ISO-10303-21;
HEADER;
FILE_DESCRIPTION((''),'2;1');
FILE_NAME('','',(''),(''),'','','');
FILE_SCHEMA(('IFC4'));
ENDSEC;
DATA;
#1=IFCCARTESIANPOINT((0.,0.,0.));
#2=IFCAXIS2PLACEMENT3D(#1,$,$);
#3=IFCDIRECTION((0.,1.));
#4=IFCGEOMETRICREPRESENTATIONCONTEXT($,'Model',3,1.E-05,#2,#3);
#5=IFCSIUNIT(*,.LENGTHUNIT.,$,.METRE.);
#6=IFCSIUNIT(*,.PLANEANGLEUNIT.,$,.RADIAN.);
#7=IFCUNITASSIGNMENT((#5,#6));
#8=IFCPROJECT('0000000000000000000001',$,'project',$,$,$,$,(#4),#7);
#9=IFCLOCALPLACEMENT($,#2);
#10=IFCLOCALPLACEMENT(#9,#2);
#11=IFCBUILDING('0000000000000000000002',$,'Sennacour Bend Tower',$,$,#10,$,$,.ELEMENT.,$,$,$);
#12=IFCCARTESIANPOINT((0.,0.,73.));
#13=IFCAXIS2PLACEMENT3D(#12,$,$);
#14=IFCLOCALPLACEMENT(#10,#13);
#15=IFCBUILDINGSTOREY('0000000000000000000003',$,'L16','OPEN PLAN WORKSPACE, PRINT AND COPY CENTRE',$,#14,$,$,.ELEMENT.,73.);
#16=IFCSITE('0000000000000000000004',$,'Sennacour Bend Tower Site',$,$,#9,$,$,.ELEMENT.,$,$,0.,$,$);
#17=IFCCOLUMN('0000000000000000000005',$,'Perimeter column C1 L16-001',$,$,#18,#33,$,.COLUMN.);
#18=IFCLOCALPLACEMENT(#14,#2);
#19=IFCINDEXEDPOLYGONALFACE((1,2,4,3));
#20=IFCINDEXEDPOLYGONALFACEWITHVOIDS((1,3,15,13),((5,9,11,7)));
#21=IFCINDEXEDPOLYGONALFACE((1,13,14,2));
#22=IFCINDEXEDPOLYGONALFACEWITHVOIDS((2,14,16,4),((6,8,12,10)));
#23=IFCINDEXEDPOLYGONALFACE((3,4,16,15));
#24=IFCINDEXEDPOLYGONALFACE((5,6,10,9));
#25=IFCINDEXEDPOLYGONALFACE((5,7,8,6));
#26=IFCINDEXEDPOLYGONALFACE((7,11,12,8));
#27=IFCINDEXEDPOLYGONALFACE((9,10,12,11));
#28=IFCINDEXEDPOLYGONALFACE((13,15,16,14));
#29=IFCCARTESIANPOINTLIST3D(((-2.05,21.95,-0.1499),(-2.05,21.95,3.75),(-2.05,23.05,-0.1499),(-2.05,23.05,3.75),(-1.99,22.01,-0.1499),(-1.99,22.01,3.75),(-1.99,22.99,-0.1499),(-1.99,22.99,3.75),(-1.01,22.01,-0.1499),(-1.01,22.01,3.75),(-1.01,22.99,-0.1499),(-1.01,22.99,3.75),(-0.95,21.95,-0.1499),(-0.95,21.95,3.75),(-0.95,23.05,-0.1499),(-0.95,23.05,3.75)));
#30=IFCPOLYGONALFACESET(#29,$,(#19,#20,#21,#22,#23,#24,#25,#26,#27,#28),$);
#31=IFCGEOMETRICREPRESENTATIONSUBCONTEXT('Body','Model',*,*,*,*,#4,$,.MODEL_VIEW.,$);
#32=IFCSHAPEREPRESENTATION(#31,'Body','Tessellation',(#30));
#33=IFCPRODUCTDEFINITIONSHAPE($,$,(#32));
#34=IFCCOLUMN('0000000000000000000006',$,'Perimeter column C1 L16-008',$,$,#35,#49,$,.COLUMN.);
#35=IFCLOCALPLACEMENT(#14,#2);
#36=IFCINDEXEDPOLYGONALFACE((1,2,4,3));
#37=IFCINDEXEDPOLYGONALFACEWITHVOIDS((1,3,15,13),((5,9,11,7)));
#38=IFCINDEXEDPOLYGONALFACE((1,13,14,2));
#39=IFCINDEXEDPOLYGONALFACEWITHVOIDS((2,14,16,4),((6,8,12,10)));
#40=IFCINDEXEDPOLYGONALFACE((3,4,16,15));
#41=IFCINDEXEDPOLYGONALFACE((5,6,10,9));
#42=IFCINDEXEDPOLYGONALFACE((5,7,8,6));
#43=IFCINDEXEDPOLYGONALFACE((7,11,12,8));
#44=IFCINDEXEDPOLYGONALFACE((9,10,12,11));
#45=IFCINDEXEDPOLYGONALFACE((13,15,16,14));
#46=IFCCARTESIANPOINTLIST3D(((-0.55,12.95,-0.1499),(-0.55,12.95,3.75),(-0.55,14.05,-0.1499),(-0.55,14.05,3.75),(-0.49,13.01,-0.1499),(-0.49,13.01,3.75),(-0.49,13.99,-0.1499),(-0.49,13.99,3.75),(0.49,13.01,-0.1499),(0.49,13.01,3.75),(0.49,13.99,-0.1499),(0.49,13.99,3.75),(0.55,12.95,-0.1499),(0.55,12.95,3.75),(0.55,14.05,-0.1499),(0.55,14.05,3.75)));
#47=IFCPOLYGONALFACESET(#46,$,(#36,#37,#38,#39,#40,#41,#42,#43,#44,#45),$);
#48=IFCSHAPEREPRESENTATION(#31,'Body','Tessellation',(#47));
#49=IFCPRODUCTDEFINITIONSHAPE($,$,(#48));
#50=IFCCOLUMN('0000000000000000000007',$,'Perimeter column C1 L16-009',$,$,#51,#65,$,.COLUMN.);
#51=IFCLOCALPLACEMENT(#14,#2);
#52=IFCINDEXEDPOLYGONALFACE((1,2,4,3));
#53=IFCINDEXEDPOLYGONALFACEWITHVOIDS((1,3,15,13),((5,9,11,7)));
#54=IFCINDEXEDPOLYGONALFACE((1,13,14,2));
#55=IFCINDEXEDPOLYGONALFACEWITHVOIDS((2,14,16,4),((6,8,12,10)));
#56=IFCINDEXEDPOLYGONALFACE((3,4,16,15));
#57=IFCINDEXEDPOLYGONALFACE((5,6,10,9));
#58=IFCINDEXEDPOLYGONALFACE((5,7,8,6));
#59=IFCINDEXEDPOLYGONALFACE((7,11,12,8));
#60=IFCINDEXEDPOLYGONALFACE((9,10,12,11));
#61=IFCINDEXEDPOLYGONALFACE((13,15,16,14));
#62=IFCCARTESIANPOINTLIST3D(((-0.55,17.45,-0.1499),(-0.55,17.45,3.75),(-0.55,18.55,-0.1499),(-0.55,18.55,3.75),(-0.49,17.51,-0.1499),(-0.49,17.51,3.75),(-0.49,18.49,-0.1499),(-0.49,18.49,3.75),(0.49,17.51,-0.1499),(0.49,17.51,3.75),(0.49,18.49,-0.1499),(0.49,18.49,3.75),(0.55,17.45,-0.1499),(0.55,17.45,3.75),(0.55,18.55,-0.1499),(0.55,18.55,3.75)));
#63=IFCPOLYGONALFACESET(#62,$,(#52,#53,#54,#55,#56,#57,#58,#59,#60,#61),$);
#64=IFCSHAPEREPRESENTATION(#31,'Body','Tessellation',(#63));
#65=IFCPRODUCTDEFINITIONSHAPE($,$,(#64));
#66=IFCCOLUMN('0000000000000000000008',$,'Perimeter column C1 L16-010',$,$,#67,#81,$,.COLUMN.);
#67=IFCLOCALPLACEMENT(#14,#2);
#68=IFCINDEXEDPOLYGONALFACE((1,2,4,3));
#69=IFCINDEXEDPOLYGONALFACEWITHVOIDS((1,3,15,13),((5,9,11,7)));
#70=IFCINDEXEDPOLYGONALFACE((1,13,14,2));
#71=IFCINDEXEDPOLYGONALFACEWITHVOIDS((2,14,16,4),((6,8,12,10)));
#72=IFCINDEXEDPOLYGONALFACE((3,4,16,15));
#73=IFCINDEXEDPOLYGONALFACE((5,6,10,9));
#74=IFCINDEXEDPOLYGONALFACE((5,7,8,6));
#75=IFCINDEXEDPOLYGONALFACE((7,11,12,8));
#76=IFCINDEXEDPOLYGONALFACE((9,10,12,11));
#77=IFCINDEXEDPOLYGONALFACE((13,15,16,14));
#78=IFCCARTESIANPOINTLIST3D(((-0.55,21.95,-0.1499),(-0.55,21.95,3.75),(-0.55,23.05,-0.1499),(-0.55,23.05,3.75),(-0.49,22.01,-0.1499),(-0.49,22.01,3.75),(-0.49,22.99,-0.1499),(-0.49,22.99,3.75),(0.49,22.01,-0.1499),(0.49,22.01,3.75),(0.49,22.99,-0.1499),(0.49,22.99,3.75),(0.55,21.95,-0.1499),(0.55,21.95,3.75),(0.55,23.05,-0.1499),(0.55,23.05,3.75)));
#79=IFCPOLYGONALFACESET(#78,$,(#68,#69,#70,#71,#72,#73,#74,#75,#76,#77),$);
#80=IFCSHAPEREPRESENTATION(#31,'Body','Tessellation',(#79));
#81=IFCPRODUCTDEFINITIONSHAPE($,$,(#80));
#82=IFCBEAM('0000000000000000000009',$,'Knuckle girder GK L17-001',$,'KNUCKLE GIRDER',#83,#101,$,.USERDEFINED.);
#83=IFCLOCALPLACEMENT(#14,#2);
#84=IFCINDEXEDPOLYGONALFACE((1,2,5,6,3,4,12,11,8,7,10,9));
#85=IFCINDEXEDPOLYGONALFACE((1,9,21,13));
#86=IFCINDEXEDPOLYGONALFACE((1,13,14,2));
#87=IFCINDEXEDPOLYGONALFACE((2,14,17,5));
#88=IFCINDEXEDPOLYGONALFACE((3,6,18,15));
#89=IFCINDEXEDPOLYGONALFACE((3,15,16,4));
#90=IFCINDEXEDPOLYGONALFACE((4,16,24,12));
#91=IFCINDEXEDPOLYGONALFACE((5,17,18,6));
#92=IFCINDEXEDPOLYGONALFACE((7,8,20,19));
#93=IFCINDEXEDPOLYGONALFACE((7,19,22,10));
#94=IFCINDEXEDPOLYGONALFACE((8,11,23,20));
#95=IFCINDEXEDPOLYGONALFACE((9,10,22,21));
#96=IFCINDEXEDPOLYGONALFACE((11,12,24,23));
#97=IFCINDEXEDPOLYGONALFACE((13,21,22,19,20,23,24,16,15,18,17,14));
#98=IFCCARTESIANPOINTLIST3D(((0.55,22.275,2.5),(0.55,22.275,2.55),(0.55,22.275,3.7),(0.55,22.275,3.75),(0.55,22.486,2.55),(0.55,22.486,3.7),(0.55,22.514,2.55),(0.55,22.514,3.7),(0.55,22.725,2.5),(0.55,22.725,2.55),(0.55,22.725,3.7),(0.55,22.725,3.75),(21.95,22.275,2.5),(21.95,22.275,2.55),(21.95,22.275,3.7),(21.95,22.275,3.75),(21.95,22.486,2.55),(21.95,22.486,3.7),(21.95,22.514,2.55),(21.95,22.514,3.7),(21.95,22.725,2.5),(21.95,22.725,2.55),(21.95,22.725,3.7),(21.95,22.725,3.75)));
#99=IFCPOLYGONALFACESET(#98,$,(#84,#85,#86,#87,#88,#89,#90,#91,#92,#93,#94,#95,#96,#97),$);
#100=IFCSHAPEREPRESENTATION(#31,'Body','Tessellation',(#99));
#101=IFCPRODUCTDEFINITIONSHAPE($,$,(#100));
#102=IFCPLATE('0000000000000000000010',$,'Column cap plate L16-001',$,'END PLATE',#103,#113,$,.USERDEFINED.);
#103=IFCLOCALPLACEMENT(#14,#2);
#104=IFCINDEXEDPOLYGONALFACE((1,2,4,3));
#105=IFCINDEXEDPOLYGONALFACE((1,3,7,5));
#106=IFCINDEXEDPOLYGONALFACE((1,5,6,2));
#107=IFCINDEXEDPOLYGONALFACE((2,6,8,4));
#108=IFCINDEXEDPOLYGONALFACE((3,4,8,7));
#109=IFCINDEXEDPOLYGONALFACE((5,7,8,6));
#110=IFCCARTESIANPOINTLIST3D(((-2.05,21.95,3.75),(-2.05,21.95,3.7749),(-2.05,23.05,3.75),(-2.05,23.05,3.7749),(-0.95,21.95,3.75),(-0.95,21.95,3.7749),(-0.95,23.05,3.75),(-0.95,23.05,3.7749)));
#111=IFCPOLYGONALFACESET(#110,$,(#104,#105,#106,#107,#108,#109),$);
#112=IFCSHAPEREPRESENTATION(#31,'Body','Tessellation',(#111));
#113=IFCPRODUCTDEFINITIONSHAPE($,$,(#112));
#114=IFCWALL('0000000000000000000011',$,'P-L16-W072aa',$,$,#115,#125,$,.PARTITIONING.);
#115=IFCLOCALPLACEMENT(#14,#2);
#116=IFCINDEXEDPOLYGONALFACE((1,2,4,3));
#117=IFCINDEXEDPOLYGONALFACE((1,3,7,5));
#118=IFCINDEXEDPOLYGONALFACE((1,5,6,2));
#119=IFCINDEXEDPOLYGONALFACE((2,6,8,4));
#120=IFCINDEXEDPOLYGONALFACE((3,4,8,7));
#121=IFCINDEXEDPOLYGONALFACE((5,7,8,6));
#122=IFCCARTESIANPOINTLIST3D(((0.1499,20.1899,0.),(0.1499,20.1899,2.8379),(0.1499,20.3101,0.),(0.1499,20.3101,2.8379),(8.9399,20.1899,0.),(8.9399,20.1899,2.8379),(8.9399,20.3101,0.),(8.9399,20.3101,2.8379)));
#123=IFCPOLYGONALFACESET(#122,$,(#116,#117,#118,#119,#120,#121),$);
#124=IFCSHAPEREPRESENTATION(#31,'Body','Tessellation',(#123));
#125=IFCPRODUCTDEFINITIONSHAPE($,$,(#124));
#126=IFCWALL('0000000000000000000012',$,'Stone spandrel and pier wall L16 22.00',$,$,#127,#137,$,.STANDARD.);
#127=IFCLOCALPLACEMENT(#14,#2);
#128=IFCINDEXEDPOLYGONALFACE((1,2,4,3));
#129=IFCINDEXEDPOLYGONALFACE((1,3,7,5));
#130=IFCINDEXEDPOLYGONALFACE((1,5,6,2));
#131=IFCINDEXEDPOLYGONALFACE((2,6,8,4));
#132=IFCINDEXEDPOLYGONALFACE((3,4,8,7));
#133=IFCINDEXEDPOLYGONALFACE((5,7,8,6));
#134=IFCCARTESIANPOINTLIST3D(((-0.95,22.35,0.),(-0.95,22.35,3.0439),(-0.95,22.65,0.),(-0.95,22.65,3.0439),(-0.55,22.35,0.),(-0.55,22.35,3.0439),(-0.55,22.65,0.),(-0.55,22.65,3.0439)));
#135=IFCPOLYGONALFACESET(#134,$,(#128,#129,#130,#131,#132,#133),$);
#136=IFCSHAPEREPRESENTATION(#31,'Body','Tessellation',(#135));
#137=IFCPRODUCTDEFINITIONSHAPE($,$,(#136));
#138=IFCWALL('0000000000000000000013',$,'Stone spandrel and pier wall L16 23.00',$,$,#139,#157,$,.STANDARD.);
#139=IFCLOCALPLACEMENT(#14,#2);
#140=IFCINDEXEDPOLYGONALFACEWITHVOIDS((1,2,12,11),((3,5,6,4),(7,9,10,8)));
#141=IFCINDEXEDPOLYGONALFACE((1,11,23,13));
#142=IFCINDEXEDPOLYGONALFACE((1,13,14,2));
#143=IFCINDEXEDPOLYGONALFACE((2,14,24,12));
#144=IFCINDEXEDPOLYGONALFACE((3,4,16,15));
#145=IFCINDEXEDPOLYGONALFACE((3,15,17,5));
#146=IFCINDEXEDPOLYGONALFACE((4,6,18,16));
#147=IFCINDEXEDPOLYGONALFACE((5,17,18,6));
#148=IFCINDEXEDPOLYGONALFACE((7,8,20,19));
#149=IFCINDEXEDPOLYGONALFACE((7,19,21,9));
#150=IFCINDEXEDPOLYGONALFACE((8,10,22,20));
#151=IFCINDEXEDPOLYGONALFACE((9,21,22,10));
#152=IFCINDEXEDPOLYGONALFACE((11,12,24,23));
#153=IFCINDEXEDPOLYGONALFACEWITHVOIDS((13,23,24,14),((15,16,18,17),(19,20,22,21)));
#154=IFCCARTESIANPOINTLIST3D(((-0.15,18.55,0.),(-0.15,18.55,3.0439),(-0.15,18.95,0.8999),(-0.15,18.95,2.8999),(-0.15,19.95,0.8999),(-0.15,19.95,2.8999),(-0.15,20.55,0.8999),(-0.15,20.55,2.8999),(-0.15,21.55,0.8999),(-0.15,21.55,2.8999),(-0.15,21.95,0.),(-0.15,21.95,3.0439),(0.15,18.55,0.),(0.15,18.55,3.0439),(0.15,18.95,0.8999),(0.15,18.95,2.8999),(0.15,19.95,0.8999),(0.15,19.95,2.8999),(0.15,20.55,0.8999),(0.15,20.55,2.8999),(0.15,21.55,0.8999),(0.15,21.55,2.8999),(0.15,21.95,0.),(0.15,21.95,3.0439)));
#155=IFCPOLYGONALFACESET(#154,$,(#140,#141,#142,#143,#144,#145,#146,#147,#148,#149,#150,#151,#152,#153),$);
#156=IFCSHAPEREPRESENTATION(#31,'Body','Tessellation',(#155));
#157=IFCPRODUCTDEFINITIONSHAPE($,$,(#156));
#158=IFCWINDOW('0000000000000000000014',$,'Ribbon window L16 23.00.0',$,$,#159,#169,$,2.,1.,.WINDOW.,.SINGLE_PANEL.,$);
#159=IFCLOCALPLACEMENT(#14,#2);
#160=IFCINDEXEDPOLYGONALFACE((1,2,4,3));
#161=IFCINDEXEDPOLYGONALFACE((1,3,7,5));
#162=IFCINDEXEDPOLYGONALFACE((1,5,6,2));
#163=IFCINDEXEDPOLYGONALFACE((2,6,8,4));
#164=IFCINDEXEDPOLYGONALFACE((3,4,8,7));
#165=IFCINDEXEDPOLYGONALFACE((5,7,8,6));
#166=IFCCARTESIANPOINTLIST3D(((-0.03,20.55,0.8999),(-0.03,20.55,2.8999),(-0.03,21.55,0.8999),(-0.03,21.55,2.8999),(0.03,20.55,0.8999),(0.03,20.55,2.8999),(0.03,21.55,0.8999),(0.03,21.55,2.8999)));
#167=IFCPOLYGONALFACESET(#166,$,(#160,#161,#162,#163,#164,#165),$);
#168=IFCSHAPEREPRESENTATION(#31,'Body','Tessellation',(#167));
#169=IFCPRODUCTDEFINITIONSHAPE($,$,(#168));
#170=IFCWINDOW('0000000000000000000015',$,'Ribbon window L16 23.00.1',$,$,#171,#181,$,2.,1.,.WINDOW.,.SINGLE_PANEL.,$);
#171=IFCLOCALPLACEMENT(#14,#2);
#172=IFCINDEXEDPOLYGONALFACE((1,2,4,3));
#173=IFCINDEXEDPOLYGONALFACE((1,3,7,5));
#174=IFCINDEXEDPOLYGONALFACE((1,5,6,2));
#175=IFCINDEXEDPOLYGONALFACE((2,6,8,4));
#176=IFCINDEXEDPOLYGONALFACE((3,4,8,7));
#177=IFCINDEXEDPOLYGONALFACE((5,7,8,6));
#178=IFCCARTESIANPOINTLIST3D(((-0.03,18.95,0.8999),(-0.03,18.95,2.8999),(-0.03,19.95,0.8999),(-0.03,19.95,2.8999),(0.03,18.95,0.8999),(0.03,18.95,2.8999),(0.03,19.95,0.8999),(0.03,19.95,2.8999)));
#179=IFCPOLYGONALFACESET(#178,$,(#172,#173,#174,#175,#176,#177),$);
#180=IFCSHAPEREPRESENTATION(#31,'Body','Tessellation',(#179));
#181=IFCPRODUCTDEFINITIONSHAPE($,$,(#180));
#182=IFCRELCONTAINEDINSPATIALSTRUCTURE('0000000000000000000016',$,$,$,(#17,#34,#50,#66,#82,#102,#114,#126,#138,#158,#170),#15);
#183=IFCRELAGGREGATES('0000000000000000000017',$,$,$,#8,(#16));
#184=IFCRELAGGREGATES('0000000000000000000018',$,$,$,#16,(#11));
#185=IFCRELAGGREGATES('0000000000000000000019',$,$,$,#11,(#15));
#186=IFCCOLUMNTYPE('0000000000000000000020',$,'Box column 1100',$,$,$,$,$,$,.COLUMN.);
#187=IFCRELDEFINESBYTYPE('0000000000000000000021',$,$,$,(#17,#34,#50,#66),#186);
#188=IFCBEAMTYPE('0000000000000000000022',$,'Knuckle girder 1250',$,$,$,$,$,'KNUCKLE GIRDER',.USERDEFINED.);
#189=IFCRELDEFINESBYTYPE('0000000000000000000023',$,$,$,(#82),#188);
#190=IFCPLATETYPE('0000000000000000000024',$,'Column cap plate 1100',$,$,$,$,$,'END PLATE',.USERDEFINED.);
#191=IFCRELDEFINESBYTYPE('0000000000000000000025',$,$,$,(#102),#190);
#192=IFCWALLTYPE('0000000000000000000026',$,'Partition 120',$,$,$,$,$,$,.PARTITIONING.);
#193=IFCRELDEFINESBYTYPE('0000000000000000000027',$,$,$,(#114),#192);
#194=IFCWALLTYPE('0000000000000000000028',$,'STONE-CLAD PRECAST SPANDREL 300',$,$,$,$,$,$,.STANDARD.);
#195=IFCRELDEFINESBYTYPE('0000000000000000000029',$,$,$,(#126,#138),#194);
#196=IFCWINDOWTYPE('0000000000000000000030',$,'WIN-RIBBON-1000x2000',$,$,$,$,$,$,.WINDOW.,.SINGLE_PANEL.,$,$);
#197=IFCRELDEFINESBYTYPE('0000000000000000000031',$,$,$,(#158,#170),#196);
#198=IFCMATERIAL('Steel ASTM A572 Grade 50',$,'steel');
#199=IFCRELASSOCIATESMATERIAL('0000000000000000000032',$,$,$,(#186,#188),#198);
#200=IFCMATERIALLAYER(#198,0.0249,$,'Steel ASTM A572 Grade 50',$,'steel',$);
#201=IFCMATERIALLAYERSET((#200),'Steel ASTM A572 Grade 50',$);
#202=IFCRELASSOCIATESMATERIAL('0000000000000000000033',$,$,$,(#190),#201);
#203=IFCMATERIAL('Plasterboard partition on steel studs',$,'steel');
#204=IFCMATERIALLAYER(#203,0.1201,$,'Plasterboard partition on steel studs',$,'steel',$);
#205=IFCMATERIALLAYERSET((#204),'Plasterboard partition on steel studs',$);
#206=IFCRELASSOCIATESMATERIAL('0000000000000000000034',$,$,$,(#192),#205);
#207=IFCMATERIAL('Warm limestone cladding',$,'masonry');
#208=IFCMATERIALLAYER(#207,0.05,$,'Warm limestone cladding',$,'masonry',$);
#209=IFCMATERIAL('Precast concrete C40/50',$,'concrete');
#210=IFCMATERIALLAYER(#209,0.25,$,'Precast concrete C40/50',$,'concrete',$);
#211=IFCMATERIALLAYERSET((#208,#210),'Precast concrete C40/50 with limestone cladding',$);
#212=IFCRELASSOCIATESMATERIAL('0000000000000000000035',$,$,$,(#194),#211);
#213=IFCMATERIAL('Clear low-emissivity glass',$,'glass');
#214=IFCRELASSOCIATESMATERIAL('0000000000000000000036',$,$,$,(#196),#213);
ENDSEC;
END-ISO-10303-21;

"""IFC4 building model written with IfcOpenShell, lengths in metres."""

from ifc_helpers import new_model, si_unit, direction, frame, frame_2d, origin, origin_2d, place, context, subcontext, project, spatial, rectangle, hollow_rectangle, i_section, extrude, material, layer, layer_set, material_profile, profile_set, type_object, element, fill, save


model = new_model("IFC4")

# Units and contexts
model_context = context("Model", 3, precision=1e-05, world=origin(), true_north=direction((0.0, 1.0)))
body_context = subcontext(model_context, "Body", "Model", "MODEL_VIEW")
ifc_project = project(units=[si_unit("LENGTHUNIT", "METRE"), si_unit("PLANEANGLEUNIT", "RADIAN")], contexts=[model_context])

# Site, building, storey
site_placement = place(None, origin())
site = spatial("IfcSite", under=ifc_project, at=site_placement, Name="Sennacour Bend Tower Site", CompositionType="ELEMENT", RefElevation=0.0)
building_placement = place(site_placement, origin())
building = spatial("IfcBuilding", under=site, at=building_placement, Name="Sennacour Bend Tower", CompositionType="ELEMENT")
storey_placement = place(building_placement, frame((0.0, 0.0, 73.0)))
storey = spatial("IfcBuildingStorey", under=building, at=storey_placement, Name="L16", Description="OPEN PLAN WORKSPACE, PRINT AND COPY CENTRE", CompositionType="ELEMENT", Elevation=73.0)

# Columns
ifc_material_1 = material(Name="Steel ASTM A572 Grade 50", Category="steel")
ifc_material_profile_1 = material_profile(ifc_material_1, hollow_rectangle(XDim=1.1001, YDim=1.1001, WallThickness=0.0601, at=origin_2d()), Name="Steel ASTM A572 Grade 50", Category="steel")
ifc_profile_set_1 = profile_set([ifc_material_profile_1], Name="Steel ASTM A572 Grade 50")
column_type = type_object("IfcColumnType", Name="Box column 1100", PredefinedType="COLUMN", material=ifc_profile_set_1)
for number, where, z_axis, x_axis, name in (
    (1, (-1.5, 22.5, -0.1499), (0.0, 0.0, 1.0), (1.0, 0.0, 0.0), "Perimeter column C1 L16-001"),
    (2, (0.0, 13.5, -0.1499), (0.0, 0.0, 1.0), (1.0, 0.0, 0.0), "Perimeter column C1 L16-008"),
    (3, (0.0, 18.0, -0.1499), (0.0, 0.0, 1.0), (1.0, 0.0, 0.0), "Perimeter column C1 L16-009"),
    (4, (0.0, 22.5, -0.1499), (0.0, 0.0, 1.0), (1.0, 0.0, 0.0), "Perimeter column C1 L16-010"),
):
    element("IfcColumn", number, at=place(storey_placement, frame(where, z_axis=z_axis, x_axis=x_axis)), inside=storey, type_object=column_type, Name=name, PredefinedType="COLUMN", context=body_context, shape_type="SweptSolid", body=[
        extrude(hollow_rectangle(XDim=1.1001, YDim=1.1001, WallThickness=0.0601, at=origin_2d()), origin(), (0.0, 0.0, 1.0), 3.8999),
    ])

# Beam
ifc_material_profile_2 = material_profile(ifc_material_1, i_section(OverallWidth=0.45, OverallDepth=1.25, WebThickness=0.0281, FlangeThickness=0.05, at=origin_2d()), Name="Steel ASTM A572 Grade 50", Category="steel")
ifc_profile_set_2 = profile_set([ifc_material_profile_2], Name="Steel ASTM A572 Grade 50")
beam_type = type_object("IfcBeamType", Name="Knuckle girder 1250", ElementType="KNUCKLE GIRDER", PredefinedType="USERDEFINED", material=ifc_profile_set_2)
beam_placement = place(storey_placement, frame((0.55, 22.5, 3.125), z_axis=(1.0, 0.0, 0.0), x_axis=(0.0, 1.0, 0.0)))
element("IfcBeam", 5, at=beam_placement, inside=storey, type_object=beam_type, Name="Knuckle girder GK L17-001", ObjectType="KNUCKLE GIRDER", PredefinedType="USERDEFINED", context=body_context, shape_type="SweptSolid", body=[
    extrude(i_section(OverallWidth=0.45, OverallDepth=1.25, WebThickness=0.0281, FlangeThickness=0.05, at=origin_2d()), origin(), (0.0, 0.0, 1.0), 21.3999),
])

# Plate
ifc_layer_1 = layer(ifc_material_1, 0.0249, Name="Steel ASTM A572 Grade 50", Category="steel")
ifc_layer_set_1 = layer_set([ifc_layer_1], Name="Steel ASTM A572 Grade 50")
plate_type = type_object("IfcPlateType", Name="Column cap plate 1100", ElementType="END PLATE", PredefinedType="USERDEFINED", material=ifc_layer_set_1)
plate_placement = place(storey_placement, frame((-1.5, 22.5, 3.75), z_axis=(0.0, 0.0, 1.0), x_axis=(1.0, 0.0, 0.0)))
element("IfcPlate", 6, at=plate_placement, inside=storey, type_object=plate_type, Name="Column cap plate L16-001", ObjectType="END PLATE", PredefinedType="USERDEFINED", context=body_context, shape_type="SweptSolid", body=[
    extrude(rectangle(XDim=1.1001, YDim=1.1001, at=origin_2d()), origin(), (0.0, 0.0, 1.0), 0.0249),
])

# Walls
ifc_material_2 = material(Name="Plasterboard partition on steel studs", Category="steel")
ifc_layer_2 = layer(ifc_material_2, 0.1201, Name="Plasterboard partition on steel studs", Category="steel")
ifc_layer_set_2 = layer_set([ifc_layer_2], Name="Plasterboard partition on steel studs")
wall_type_1 = type_object("IfcWallType", Name="Partition 120", PredefinedType="PARTITIONING", material=ifc_layer_set_2)
wall_1_placement = place(storey_placement, frame((0.1499, 20.25, 0.0), z_axis=(0.0, 0.0, 1.0), x_axis=(1.0, 0.0, 0.0)))
element("IfcWall", 7, at=wall_1_placement, inside=storey, type_object=wall_type_1, Name="P-L16-W072aa", PredefinedType="PARTITIONING", context=body_context, shape_type="SweptSolid", body=[
    extrude(rectangle(XDim=8.79, YDim=0.1201, at=frame_2d((4.395, 0.0))), origin(), (0.0, 0.0, 1.0), 2.8379),
])
ifc_material_3 = material(Name="Warm limestone cladding", Category="masonry")
ifc_layer_3 = layer(ifc_material_3, 0.05, Name="Warm limestone cladding", Category="masonry")
ifc_material_4 = material(Name="Precast concrete C40/50", Category="concrete")
ifc_layer_4 = layer(ifc_material_4, 0.25, Name="Precast concrete C40/50", Category="concrete")
ifc_layer_set_3 = layer_set([ifc_layer_3, ifc_layer_4], Name="Precast concrete C40/50 with limestone cladding")
wall_type_2 = type_object("IfcWallType", Name="STONE-CLAD PRECAST SPANDREL 300", PredefinedType="STANDARD", material=ifc_layer_set_3)
wall_2_placement = place(storey_placement, frame((-0.95, 22.5, 0.0), z_axis=(0.0, 0.0, 1.0), x_axis=(1.0, 0.0, 0.0)))
element("IfcWall", 8, at=wall_2_placement, inside=storey, type_object=wall_type_2, Name="Stone spandrel and pier wall L16 22.00", PredefinedType="STANDARD", context=body_context, shape_type="SweptSolid", body=[
    extrude(rectangle(XDim=0.3999, YDim=0.3, at=frame_2d((0.2, 0.0))), origin(), (0.0, 0.0, 1.0), 3.0439),
])

# Wall, openings, windows
wall_3_placement = place(storey_placement, frame((0.0, 21.95, 0.0), z_axis=(0.0, 0.0, 1.0), x_axis=(0.0, -1.0, 0.0)))
wall_3 = element("IfcWall", 9, at=wall_3_placement, inside=storey, type_object=wall_type_2, Name="Stone spandrel and pier wall L16 23.00", PredefinedType="STANDARD", context=body_context, shape_type="SweptSolid", body=[
    extrude(rectangle(XDim=3.3999, YDim=0.3, at=frame_2d((1.7, 0.0))), origin(), (0.0, 0.0, 1.0), 3.0439),
])
opening_1_placement = place(wall_3_placement, frame((0.3999, 0.0, 0.8999)))
opening_1 = element("IfcOpeningElement", 10, at=opening_1_placement, cuts=wall_3, PredefinedType="OPENING", context=body_context, shape_type="SweptSolid", body=[
    extrude(rectangle(XDim=1.0, YDim=2.0, at=frame_2d((0.5, 1.0))), frame((0.0, 0.1602, 0.0), z_axis=(0.0, -1.0, 0.0), x_axis=(1.0, 0.0, 0.0)), (0.0, 0.0, 1.0), 0.3201),
])
opening_2_placement = place(wall_3_placement, frame((2.0, 0.0, 0.8999)))
opening_2 = element("IfcOpeningElement", 11, at=opening_2_placement, cuts=wall_3, PredefinedType="OPENING", context=body_context, shape_type="SweptSolid", body=[
    extrude(rectangle(XDim=1.0, YDim=2.0, at=frame_2d((0.5, 1.0))), frame((0.0, 0.1602, 0.0), z_axis=(0.0, -1.0, 0.0), x_axis=(1.0, 0.0, 0.0)), (0.0, 0.0, 1.0), 0.3201),
])
ifc_material_5 = material(Name="Clear low-emissivity glass", Category="glass")
window_type = type_object("IfcWindowType", Name="WIN-RIBBON-1000x2000", PartitioningType="SINGLE_PANEL", PredefinedType="WINDOW", material=ifc_material_5)
window_1_placement = place(opening_1_placement, origin())
window_1 = element("IfcWindow", 12, at=window_1_placement, inside=storey, type_object=window_type, Name="Ribbon window L16 23.00.0", OverallHeight=2.0, OverallWidth=1.0, PartitioningType="SINGLE_PANEL", PredefinedType="WINDOW", context=body_context, shape_type="SweptSolid", body=[
    extrude(rectangle(XDim=1.0, YDim=2.0, at=frame_2d((0.5, 1.0))), frame((0.0, 0.03, 0.0), z_axis=(0.0, -1.0, 0.0), x_axis=(1.0, 0.0, 0.0)), (0.0, 0.0, 1.0), 0.0601),
])
fill(opening_1, window_1)
window_2_placement = place(opening_2_placement, origin())
window_2 = element("IfcWindow", 13, at=window_2_placement, inside=storey, type_object=window_type, Name="Ribbon window L16 23.00.1", OverallHeight=2.0, OverallWidth=1.0, PartitioningType="SINGLE_PANEL", PredefinedType="WINDOW", context=body_context, shape_type="SweptSolid", body=[
    extrude(rectangle(XDim=1.0, YDim=2.0, at=frame_2d((0.5, 1.0))), frame((0.0, 0.03, 0.0), z_axis=(0.0, -1.0, 0.0), x_axis=(1.0, 0.0, 0.0)), (0.0, 0.0, 1.0), 0.0601),
])
fill(opening_2, window_2)

save(model, "model.ifc")
